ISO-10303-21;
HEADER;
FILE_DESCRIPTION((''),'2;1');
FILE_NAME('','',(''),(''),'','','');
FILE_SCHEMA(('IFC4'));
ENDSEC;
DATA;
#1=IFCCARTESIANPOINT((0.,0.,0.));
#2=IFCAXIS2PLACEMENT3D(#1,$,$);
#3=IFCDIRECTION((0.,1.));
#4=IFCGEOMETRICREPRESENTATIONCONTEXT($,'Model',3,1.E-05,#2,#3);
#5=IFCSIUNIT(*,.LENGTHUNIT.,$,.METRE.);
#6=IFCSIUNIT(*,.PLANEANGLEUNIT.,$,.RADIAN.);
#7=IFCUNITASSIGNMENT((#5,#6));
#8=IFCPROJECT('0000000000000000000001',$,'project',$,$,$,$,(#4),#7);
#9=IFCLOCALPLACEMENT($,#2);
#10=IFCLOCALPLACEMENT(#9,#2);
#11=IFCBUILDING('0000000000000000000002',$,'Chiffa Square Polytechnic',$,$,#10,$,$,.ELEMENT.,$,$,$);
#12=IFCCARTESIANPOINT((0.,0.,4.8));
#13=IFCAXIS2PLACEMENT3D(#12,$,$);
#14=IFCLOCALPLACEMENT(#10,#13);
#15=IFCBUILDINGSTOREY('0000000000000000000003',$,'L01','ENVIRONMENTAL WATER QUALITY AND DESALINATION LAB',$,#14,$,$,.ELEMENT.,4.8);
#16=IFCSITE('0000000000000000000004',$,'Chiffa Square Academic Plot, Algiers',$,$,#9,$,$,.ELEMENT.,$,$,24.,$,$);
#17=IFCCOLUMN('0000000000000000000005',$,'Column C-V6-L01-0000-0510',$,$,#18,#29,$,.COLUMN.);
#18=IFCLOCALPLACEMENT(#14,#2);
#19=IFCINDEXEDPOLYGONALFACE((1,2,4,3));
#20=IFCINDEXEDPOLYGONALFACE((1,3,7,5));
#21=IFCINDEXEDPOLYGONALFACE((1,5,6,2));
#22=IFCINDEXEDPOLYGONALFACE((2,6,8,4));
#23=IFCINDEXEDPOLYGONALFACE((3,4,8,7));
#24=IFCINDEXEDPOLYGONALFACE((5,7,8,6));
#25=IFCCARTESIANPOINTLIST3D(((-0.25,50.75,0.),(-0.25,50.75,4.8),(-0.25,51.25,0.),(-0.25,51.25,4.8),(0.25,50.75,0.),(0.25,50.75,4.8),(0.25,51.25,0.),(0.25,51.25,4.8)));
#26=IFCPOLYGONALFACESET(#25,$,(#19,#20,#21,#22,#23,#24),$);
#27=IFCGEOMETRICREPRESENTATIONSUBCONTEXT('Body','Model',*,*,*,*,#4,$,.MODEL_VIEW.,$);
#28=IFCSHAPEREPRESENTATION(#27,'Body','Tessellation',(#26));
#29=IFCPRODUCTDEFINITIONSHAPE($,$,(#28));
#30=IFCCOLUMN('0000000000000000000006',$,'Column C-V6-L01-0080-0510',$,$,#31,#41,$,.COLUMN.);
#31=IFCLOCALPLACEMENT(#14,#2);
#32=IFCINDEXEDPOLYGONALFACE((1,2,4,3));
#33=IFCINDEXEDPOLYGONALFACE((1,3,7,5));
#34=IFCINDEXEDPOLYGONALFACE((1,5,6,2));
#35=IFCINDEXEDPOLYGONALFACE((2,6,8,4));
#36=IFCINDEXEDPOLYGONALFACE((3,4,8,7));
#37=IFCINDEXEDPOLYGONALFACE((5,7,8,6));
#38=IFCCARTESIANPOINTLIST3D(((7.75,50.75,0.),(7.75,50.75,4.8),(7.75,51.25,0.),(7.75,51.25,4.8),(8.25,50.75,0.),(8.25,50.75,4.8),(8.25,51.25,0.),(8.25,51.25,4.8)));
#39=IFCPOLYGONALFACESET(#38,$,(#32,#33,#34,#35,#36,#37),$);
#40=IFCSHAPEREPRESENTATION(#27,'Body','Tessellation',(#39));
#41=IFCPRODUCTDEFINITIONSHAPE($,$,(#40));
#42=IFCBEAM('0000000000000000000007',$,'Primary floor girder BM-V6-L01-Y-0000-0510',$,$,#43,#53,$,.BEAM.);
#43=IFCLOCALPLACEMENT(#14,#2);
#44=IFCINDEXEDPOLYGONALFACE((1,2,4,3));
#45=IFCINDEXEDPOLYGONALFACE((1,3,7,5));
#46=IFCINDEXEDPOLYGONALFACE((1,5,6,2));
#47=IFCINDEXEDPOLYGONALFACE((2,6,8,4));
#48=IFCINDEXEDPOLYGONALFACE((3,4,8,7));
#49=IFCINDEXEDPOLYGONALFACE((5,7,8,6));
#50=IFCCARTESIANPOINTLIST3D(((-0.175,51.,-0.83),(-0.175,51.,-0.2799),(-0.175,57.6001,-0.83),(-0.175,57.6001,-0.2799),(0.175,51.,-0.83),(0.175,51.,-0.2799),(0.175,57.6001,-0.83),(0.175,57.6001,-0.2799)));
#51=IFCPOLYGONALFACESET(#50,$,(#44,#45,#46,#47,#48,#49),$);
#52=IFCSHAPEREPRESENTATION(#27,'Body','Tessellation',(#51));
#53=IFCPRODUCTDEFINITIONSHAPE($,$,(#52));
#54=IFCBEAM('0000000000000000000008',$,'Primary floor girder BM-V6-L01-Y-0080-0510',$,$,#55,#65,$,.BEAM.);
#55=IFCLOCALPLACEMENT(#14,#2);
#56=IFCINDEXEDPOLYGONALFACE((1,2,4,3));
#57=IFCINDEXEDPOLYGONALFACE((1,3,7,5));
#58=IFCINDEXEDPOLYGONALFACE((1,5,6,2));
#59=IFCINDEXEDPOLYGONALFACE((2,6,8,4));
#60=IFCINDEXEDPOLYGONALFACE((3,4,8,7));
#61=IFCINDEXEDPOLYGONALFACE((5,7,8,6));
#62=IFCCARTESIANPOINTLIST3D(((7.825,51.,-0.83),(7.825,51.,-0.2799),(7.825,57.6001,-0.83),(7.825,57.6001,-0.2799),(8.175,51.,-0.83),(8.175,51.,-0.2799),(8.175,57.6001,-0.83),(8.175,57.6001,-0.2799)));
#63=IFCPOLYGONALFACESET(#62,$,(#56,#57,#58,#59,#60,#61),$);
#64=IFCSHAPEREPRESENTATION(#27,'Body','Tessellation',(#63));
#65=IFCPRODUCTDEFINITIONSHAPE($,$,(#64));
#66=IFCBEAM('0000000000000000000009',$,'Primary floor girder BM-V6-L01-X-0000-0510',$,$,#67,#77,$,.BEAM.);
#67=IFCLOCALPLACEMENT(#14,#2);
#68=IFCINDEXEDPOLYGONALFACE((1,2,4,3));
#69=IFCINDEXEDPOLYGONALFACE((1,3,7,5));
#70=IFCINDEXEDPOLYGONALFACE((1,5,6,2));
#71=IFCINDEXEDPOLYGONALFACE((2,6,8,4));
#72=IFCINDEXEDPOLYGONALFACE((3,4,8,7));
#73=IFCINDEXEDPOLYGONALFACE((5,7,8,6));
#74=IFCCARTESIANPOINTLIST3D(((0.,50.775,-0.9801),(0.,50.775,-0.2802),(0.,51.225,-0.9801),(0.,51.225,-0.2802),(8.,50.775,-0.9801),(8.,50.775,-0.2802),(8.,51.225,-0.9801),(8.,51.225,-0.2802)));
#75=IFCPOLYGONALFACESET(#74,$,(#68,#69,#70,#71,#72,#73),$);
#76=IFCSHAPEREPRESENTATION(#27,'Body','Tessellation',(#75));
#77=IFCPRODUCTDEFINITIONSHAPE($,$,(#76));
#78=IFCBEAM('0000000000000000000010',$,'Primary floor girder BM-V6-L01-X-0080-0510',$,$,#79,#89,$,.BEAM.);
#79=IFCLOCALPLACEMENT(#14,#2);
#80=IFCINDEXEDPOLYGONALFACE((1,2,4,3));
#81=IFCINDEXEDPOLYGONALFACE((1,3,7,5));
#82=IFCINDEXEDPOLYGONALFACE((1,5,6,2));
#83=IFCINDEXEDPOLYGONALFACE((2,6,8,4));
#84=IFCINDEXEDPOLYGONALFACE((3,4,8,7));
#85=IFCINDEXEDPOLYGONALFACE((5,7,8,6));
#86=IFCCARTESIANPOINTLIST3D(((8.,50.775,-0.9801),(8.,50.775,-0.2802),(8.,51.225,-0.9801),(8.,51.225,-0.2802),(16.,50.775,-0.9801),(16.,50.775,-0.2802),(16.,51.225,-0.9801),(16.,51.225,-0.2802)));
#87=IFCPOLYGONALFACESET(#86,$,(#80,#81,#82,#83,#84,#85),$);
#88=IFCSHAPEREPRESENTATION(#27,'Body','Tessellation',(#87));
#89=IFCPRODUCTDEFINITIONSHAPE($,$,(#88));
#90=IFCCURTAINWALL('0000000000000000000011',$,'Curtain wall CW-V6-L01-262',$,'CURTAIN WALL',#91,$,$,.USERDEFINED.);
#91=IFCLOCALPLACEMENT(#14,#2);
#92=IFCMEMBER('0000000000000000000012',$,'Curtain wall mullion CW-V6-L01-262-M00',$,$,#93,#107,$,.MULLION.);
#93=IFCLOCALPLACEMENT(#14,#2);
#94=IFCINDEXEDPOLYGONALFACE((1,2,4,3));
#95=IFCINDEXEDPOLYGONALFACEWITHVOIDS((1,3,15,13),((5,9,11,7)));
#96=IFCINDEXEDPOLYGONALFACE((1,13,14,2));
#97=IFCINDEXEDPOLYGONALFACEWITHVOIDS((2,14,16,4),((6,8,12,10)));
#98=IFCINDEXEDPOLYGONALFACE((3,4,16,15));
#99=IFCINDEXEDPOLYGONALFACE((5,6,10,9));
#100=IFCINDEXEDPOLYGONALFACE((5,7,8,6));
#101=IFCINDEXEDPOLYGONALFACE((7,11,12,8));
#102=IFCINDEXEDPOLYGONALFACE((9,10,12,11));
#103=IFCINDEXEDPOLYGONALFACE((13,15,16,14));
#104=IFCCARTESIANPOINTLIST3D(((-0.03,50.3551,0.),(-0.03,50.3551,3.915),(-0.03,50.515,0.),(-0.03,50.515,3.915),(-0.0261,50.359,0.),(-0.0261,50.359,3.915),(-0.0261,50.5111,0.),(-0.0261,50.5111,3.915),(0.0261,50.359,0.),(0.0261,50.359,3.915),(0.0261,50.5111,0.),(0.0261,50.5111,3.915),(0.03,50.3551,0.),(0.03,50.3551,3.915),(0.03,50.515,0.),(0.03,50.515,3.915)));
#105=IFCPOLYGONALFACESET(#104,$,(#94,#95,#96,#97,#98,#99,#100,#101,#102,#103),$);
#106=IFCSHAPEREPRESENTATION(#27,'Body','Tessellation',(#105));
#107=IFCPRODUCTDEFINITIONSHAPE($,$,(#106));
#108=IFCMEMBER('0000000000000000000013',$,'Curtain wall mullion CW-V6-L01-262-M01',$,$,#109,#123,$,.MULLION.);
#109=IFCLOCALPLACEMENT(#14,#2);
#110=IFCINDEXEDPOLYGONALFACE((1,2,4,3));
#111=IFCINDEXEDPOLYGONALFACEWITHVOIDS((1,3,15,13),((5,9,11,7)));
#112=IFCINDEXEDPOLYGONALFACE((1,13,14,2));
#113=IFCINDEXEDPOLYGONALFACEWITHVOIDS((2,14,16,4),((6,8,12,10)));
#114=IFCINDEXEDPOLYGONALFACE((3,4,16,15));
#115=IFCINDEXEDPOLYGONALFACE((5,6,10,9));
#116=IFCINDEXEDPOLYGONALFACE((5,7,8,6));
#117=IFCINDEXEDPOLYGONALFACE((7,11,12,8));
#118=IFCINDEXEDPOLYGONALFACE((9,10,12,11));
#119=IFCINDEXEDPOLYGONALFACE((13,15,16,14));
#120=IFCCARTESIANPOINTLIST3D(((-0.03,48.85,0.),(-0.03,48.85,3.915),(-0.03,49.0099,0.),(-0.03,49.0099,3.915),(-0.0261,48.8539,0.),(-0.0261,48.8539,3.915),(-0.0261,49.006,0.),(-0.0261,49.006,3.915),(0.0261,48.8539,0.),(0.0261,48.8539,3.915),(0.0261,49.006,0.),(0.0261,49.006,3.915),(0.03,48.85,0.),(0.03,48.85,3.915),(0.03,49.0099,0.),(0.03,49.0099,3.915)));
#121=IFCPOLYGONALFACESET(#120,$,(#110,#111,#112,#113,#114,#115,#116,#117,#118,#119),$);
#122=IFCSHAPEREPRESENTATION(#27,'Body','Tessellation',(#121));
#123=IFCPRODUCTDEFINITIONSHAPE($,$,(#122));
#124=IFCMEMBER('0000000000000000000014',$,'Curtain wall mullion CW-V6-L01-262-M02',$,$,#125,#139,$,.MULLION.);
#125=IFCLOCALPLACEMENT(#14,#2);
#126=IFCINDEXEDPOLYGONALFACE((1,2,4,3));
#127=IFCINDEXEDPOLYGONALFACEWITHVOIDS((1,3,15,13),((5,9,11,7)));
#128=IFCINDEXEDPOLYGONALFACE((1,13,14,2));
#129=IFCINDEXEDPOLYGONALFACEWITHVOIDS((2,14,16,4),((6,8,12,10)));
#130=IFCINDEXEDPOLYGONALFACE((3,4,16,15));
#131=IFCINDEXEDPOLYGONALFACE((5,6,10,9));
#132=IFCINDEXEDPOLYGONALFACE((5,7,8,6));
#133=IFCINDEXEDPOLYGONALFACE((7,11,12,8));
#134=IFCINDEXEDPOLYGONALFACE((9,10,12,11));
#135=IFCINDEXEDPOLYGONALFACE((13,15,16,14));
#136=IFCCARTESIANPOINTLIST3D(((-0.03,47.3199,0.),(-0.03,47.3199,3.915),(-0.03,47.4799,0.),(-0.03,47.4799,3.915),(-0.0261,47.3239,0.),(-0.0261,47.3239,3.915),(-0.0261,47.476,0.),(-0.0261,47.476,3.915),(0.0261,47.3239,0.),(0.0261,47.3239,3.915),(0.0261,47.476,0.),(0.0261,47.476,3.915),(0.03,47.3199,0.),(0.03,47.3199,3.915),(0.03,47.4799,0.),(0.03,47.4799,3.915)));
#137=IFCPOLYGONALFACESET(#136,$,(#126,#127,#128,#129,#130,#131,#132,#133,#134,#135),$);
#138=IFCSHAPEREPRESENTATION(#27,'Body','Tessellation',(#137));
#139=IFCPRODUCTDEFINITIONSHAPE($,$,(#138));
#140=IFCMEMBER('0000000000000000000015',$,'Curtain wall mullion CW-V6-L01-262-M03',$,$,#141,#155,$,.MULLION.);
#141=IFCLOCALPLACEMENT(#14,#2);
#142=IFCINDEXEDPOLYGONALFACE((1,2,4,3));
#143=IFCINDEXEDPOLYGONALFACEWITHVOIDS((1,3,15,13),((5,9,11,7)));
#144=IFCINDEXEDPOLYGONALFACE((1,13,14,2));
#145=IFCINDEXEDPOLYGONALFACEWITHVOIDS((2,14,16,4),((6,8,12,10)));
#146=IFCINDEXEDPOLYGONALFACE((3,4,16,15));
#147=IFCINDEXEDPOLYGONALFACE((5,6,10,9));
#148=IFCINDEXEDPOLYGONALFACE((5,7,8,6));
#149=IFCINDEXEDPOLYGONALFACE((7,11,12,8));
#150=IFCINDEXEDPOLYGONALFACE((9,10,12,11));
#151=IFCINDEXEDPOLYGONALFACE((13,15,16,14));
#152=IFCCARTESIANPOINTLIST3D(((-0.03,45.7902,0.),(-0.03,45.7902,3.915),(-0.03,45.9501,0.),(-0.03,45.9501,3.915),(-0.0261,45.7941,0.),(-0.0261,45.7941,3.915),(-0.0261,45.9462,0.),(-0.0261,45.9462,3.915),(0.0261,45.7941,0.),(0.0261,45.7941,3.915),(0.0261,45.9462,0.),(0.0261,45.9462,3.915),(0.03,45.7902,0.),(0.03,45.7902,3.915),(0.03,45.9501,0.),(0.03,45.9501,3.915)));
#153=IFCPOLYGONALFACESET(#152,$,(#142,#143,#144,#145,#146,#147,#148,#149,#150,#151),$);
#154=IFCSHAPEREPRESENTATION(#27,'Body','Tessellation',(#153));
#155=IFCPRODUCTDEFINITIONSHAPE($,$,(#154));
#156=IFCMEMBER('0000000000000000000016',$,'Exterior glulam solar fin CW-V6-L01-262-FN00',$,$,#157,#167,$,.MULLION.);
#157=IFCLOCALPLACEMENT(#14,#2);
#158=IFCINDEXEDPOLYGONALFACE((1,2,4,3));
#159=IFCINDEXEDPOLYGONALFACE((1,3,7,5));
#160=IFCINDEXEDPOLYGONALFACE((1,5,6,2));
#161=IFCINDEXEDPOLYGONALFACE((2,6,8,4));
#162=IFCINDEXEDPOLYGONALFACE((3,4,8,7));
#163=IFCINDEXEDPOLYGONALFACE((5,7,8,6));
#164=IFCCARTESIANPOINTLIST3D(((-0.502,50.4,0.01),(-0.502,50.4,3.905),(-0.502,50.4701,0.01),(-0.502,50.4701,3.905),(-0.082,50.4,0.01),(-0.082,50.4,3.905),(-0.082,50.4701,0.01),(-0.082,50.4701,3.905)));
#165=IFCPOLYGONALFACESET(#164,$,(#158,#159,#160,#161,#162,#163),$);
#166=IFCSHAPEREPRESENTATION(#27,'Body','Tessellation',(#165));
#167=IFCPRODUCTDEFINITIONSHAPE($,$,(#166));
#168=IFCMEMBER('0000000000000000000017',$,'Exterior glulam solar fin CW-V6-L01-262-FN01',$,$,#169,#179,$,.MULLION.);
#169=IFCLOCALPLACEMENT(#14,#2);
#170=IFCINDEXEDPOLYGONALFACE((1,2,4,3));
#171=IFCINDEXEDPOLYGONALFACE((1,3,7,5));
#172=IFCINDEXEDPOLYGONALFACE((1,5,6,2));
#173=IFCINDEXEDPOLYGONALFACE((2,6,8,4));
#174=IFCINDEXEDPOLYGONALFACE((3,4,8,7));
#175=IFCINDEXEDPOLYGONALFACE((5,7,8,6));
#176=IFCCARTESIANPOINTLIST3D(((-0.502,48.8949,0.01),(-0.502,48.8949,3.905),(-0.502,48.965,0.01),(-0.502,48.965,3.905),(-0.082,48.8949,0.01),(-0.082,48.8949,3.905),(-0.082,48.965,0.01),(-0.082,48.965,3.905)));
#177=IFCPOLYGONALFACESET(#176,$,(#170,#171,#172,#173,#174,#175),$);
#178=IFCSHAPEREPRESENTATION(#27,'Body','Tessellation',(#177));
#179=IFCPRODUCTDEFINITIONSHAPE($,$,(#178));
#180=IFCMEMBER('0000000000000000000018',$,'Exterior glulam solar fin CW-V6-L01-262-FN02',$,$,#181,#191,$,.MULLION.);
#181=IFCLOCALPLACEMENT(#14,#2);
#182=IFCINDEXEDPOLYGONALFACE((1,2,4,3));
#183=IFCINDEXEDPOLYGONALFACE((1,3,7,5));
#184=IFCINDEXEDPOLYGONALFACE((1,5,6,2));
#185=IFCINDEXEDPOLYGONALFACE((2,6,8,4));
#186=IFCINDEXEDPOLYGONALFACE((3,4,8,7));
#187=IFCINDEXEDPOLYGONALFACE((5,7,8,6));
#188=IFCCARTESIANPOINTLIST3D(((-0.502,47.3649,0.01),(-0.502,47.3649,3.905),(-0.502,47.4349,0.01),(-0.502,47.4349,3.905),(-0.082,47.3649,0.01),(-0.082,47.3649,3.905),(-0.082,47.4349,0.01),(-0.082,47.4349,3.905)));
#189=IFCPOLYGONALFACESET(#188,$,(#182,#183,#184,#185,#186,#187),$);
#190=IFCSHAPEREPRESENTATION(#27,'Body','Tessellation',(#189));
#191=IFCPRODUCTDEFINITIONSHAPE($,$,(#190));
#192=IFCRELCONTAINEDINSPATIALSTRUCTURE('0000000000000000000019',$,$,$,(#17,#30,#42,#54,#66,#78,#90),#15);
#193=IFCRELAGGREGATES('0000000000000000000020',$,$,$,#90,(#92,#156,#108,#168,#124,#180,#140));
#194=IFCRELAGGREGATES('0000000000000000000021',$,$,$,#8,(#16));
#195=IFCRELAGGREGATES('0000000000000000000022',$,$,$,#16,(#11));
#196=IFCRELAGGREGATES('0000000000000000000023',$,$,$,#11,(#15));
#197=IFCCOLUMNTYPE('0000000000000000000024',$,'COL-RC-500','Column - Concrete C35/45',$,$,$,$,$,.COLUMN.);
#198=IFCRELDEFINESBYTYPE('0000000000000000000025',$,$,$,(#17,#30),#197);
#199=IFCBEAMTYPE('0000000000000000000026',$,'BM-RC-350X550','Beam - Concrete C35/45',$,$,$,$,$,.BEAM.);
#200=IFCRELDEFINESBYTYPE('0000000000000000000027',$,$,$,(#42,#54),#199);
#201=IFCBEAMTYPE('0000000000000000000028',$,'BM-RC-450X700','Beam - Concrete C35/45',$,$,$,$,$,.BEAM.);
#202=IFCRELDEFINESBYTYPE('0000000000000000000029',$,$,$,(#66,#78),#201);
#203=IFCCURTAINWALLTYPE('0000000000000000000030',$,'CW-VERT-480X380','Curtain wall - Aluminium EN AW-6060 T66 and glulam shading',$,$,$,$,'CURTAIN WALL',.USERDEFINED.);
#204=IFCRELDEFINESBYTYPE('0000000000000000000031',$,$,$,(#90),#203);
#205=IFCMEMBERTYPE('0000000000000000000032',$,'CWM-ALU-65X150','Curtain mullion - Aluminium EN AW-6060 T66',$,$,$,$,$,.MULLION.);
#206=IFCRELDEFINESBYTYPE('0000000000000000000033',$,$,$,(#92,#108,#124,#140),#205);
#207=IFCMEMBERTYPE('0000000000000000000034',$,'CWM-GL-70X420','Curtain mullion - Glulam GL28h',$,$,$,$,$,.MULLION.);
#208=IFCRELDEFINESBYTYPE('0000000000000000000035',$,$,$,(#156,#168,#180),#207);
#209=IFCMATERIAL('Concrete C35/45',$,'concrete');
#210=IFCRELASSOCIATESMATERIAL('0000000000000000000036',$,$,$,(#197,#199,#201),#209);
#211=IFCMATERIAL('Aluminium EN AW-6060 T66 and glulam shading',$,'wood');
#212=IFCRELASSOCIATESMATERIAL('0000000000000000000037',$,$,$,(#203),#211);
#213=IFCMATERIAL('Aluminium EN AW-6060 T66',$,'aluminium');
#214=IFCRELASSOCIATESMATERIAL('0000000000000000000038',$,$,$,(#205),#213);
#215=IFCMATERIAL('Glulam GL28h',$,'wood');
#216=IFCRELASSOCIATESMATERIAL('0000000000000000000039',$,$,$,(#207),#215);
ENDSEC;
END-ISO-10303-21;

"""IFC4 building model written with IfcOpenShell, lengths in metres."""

from ifc_helpers import new_model, si_unit, direction, frame, origin, origin_2d, place, context, subcontext, project, spatial, rectangle, hollow_rectangle, extrude, material, material_profile, profile_set, type_object, element, aggregate, save


model = new_model("IFC4")

# Units and contexts
model_context = context("Model", 3, precision=1e-05, world=origin(), true_north=direction((0.0, 1.0)))
body_context = subcontext(model_context, "Body", "Model", "MODEL_VIEW")
ifc_project = project(units=[si_unit("LENGTHUNIT", "METRE"), si_unit("PLANEANGLEUNIT", "RADIAN")], contexts=[model_context])

# Site, building, storey
site_placement = place(None, origin())
site = spatial("IfcSite", under=ifc_project, at=site_placement, Name="Chiffa Square Academic Plot, Algiers", CompositionType="ELEMENT", RefElevation=24.0)
building_placement = place(site_placement, origin())
building = spatial("IfcBuilding", under=site, at=building_placement, Name="Chiffa Square Polytechnic", CompositionType="ELEMENT")
storey_placement = place(building_placement, frame((0.0, 0.0, 4.8)))
storey = spatial("IfcBuildingStorey", under=building, at=storey_placement, Name="L01", Description="ENVIRONMENTAL WATER QUALITY AND DESALINATION LAB", CompositionType="ELEMENT", Elevation=4.8)

# Columns
ifc_material_1 = material(Name="Concrete C35/45", Category="concrete")
ifc_material_profile_1 = material_profile(ifc_material_1, rectangle(XDim=0.5, YDim=0.5, at=origin_2d()), Name="RC 500x500")
ifc_profile_set_1 = profile_set([ifc_material_profile_1], Name="Concrete C35/45")
column_type = type_object("IfcColumnType", Name="COL-RC-500", Description="Column - Concrete C35/45", PredefinedType="COLUMN", material=ifc_profile_set_1)
for number, where, z_axis, x_axis, name in (
    (1, (0.0, 51.0, 0.0), (0.0, 0.0, 1.0), (1.0, 0.0, 0.0), "Column C-V6-L01-0000-0510"),
    (2, (8.0, 51.0, 0.0), (0.0, 0.0, 1.0), (1.0, 0.0, 0.0), "Column C-V6-L01-0080-0510"),
):
    element("IfcColumn", number, at=place(storey_placement, frame(where, z_axis=z_axis, x_axis=x_axis)), inside=storey, type_object=column_type, Name=name, PredefinedType="COLUMN", context=body_context, shape_type="SweptSolid", body=[
        extrude(rectangle(XDim=0.5, YDim=0.5, at=origin_2d()), origin(), (0.0, 0.0, 1.0), 4.8),
    ])

# Beams
ifc_material_profile_2 = material_profile(ifc_material_1, rectangle(XDim=0.3501, YDim=0.55, at=origin_2d()), Name="RC 350x550")
ifc_profile_set_2 = profile_set([ifc_material_profile_2], Name="Concrete C35/45")
beam_type_1 = type_object("IfcBeamType", Name="BM-RC-350X550", Description="Beam - Concrete C35/45", PredefinedType="BEAM", material=ifc_profile_set_2)
for number, where, z_axis, x_axis, name in (
    (3, (0.0, 51.0, -0.5549), (0.0, 1.0, 0.0), (-1.0, 0.0, 0.0), "Primary floor girder BM-V6-L01-Y-0000-0510"),
    (4, (8.0, 51.0, -0.5549), (0.0, 1.0, 0.0), (-1.0, 0.0, 0.0), "Primary floor girder BM-V6-L01-Y-0080-0510"),
):
    element("IfcBeam", number, at=place(storey_placement, frame(where, z_axis=z_axis, x_axis=x_axis)), inside=storey, type_object=beam_type_1, Name=name, PredefinedType="BEAM", context=body_context, shape_type="SweptSolid", body=[
        extrude(rectangle(XDim=0.3501, YDim=0.55, at=origin_2d()), origin(), (0.0, 0.0, 1.0), 6.6001),
    ])
ifc_material_profile_3 = material_profile(ifc_material_1, rectangle(XDim=0.45, YDim=0.7, at=origin_2d()), Name="RC 450x700")
ifc_profile_set_3 = profile_set([ifc_material_profile_3], Name="Concrete C35/45")
beam_type_2 = type_object("IfcBeamType", Name="BM-RC-450X700", Description="Beam - Concrete C35/45", PredefinedType="BEAM", material=ifc_profile_set_3)
for number, where, z_axis, x_axis, name in (
    (5, (0.0, 51.0, -0.6301), (1.0, 0.0, 0.0), (0.0, 1.0, 0.0), "Primary floor girder BM-V6-L01-X-0000-0510"),
    (6, (8.0, 51.0, -0.6301), (1.0, 0.0, 0.0), (0.0, 1.0, 0.0), "Primary floor girder BM-V6-L01-X-0080-0510"),
):
    element("IfcBeam", number, at=place(storey_placement, frame(where, z_axis=z_axis, x_axis=x_axis)), inside=storey, type_object=beam_type_2, Name=name, PredefinedType="BEAM", context=body_context, shape_type="SweptSolid", body=[
        extrude(rectangle(XDim=0.45, YDim=0.7, at=origin_2d()), origin(), (0.0, 0.0, 1.0), 8.0),
    ])

# Curtain wall, members
ifc_material_2 = material(Name="Aluminium EN AW-6060 T66 and glulam shading", Category="wood")
curtain_wall_type = type_object("IfcCurtainWallType", Name="CW-VERT-480X380", Description="Curtain wall - Aluminium EN AW-6060 T66 and glulam shading", ElementType="CURTAIN WALL", PredefinedType="USERDEFINED", material=ifc_material_2)
curtain_wall_placement = place(storey_placement, origin())
curtain_wall = element("IfcCurtainWall", 7, at=curtain_wall_placement, inside=storey, type_object=curtain_wall_type, Name="Curtain wall CW-V6-L01-262", ObjectType="CURTAIN WALL", PredefinedType="USERDEFINED")
ifc_material_3 = material(Name="Aluminium EN AW-6060 T66", Category="aluminium")
ifc_material_profile_4 = material_profile(ifc_material_3, hollow_rectangle(XDim=0.0601, YDim=0.1599, WallThickness=0.0039, at=origin_2d()), Name="ALU 60x160x4")
ifc_profile_set_4 = profile_set([ifc_material_profile_4], Name="Aluminium EN AW-6060 T66")
member_type_1 = type_object("IfcMemberType", Name="CWM-ALU-65X150", Description="Curtain mullion - Aluminium EN AW-6060 T66", PredefinedType="MULLION", material=ifc_profile_set_4)
member_1_placement = place(storey_placement, frame((0.0, 50.4351, 0.0), z_axis=(0.0, 0.0, 1.0), x_axis=(1.0, 0.0, 0.0)))
member_1 = element("IfcMember", 8, at=member_1_placement, type_object=member_type_1, Name="Curtain wall mullion CW-V6-L01-262-M00", PredefinedType="MULLION", context=body_context, shape_type="SweptSolid", body=[
    extrude(hollow_rectangle(XDim=0.0601, YDim=0.1599, WallThickness=0.0039, at=origin_2d()), origin(), (0.0, 0.0, 1.0), 3.915),
])
member_2_placement = place(storey_placement, frame((0.0, 48.9299, 0.0), z_axis=(0.0, 0.0, 1.0), x_axis=(1.0, 0.0, 0.0)))
member_2 = element("IfcMember", 9, at=member_2_placement, type_object=member_type_1, Name="Curtain wall mullion CW-V6-L01-262-M01", PredefinedType="MULLION", context=body_context, shape_type="SweptSolid", body=[
    extrude(hollow_rectangle(XDim=0.0601, YDim=0.1599, WallThickness=0.0039, at=origin_2d()), origin(), (0.0, 0.0, 1.0), 3.915),
])
member_3_placement = place(storey_placement, frame((0.0, 47.3999, 0.0), z_axis=(0.0, 0.0, 1.0), x_axis=(1.0, 0.0, 0.0)))
member_3 = element("IfcMember", 10, at=member_3_placement, type_object=member_type_1, Name="Curtain wall mullion CW-V6-L01-262-M02", PredefinedType="MULLION", context=body_context, shape_type="SweptSolid", body=[
    extrude(hollow_rectangle(XDim=0.0601, YDim=0.1599, WallThickness=0.0039, at=origin_2d()), origin(), (0.0, 0.0, 1.0), 3.915),
])
member_4_placement = place(storey_placement, frame((0.0, 45.8701, 0.0), z_axis=(0.0, 0.0, 1.0), x_axis=(1.0, 0.0, 0.0)))
member_4 = element("IfcMember", 11, at=member_4_placement, type_object=member_type_1, Name="Curtain wall mullion CW-V6-L01-262-M03", PredefinedType="MULLION", context=body_context, shape_type="SweptSolid", body=[
    extrude(hollow_rectangle(XDim=0.0601, YDim=0.1599, WallThickness=0.0039, at=origin_2d()), origin(), (0.0, 0.0, 1.0), 3.915),
])
ifc_material_4 = material(Name="Glulam GL28h", Category="wood")
ifc_material_profile_5 = material_profile(ifc_material_4, rectangle(XDim=0.0701, YDim=0.4199, at=origin_2d()), Name="GL28h 70x420")
ifc_profile_set_5 = profile_set([ifc_material_profile_5], Name="Glulam GL28h")
member_type_2 = type_object("IfcMemberType", Name="CWM-GL-70X420", Description="Curtain mullion - Glulam GL28h", PredefinedType="MULLION", material=ifc_profile_set_5)
member_5_placement = place(storey_placement, frame((-0.292, 50.4351, 0.01), z_axis=(0.0, 0.0, 1.0), x_axis=(0.0, -1.0, 0.0)))
member_5 = element("IfcMember", 12, at=member_5_placement, type_object=member_type_2, Name="Exterior glulam solar fin CW-V6-L01-262-FN00", PredefinedType="MULLION", context=body_context, shape_type="SweptSolid", body=[
    extrude(rectangle(XDim=0.0701, YDim=0.4199, at=origin_2d()), origin(), (0.0, 0.0, 1.0), 3.895),
])
member_6_placement = place(storey_placement, frame((-0.292, 48.9299, 0.01), z_axis=(0.0, 0.0, 1.0), x_axis=(0.0, -1.0, 0.0)))
member_6 = element("IfcMember", 13, at=member_6_placement, type_object=member_type_2, Name="Exterior glulam solar fin CW-V6-L01-262-FN01", PredefinedType="MULLION", context=body_context, shape_type="SweptSolid", body=[
    extrude(rectangle(XDim=0.0701, YDim=0.4199, at=origin_2d()), origin(), (0.0, 0.0, 1.0), 3.895),
])
member_7_placement = place(storey_placement, frame((-0.292, 47.3999, 0.01), z_axis=(0.0, 0.0, 1.0), x_axis=(0.0, -1.0, 0.0)))
member_7 = element("IfcMember", 14, at=member_7_placement, type_object=member_type_2, Name="Exterior glulam solar fin CW-V6-L01-262-FN02", PredefinedType="MULLION", context=body_context, shape_type="SweptSolid", body=[
    extrude(rectangle(XDim=0.0701, YDim=0.4199, at=origin_2d()), origin(), (0.0, 0.0, 1.0), 3.895),
])

aggregate(curtain_wall, [member_1, member_5, member_2, member_6, member_3, member_7, member_4])

save(model, "model.ifc")
